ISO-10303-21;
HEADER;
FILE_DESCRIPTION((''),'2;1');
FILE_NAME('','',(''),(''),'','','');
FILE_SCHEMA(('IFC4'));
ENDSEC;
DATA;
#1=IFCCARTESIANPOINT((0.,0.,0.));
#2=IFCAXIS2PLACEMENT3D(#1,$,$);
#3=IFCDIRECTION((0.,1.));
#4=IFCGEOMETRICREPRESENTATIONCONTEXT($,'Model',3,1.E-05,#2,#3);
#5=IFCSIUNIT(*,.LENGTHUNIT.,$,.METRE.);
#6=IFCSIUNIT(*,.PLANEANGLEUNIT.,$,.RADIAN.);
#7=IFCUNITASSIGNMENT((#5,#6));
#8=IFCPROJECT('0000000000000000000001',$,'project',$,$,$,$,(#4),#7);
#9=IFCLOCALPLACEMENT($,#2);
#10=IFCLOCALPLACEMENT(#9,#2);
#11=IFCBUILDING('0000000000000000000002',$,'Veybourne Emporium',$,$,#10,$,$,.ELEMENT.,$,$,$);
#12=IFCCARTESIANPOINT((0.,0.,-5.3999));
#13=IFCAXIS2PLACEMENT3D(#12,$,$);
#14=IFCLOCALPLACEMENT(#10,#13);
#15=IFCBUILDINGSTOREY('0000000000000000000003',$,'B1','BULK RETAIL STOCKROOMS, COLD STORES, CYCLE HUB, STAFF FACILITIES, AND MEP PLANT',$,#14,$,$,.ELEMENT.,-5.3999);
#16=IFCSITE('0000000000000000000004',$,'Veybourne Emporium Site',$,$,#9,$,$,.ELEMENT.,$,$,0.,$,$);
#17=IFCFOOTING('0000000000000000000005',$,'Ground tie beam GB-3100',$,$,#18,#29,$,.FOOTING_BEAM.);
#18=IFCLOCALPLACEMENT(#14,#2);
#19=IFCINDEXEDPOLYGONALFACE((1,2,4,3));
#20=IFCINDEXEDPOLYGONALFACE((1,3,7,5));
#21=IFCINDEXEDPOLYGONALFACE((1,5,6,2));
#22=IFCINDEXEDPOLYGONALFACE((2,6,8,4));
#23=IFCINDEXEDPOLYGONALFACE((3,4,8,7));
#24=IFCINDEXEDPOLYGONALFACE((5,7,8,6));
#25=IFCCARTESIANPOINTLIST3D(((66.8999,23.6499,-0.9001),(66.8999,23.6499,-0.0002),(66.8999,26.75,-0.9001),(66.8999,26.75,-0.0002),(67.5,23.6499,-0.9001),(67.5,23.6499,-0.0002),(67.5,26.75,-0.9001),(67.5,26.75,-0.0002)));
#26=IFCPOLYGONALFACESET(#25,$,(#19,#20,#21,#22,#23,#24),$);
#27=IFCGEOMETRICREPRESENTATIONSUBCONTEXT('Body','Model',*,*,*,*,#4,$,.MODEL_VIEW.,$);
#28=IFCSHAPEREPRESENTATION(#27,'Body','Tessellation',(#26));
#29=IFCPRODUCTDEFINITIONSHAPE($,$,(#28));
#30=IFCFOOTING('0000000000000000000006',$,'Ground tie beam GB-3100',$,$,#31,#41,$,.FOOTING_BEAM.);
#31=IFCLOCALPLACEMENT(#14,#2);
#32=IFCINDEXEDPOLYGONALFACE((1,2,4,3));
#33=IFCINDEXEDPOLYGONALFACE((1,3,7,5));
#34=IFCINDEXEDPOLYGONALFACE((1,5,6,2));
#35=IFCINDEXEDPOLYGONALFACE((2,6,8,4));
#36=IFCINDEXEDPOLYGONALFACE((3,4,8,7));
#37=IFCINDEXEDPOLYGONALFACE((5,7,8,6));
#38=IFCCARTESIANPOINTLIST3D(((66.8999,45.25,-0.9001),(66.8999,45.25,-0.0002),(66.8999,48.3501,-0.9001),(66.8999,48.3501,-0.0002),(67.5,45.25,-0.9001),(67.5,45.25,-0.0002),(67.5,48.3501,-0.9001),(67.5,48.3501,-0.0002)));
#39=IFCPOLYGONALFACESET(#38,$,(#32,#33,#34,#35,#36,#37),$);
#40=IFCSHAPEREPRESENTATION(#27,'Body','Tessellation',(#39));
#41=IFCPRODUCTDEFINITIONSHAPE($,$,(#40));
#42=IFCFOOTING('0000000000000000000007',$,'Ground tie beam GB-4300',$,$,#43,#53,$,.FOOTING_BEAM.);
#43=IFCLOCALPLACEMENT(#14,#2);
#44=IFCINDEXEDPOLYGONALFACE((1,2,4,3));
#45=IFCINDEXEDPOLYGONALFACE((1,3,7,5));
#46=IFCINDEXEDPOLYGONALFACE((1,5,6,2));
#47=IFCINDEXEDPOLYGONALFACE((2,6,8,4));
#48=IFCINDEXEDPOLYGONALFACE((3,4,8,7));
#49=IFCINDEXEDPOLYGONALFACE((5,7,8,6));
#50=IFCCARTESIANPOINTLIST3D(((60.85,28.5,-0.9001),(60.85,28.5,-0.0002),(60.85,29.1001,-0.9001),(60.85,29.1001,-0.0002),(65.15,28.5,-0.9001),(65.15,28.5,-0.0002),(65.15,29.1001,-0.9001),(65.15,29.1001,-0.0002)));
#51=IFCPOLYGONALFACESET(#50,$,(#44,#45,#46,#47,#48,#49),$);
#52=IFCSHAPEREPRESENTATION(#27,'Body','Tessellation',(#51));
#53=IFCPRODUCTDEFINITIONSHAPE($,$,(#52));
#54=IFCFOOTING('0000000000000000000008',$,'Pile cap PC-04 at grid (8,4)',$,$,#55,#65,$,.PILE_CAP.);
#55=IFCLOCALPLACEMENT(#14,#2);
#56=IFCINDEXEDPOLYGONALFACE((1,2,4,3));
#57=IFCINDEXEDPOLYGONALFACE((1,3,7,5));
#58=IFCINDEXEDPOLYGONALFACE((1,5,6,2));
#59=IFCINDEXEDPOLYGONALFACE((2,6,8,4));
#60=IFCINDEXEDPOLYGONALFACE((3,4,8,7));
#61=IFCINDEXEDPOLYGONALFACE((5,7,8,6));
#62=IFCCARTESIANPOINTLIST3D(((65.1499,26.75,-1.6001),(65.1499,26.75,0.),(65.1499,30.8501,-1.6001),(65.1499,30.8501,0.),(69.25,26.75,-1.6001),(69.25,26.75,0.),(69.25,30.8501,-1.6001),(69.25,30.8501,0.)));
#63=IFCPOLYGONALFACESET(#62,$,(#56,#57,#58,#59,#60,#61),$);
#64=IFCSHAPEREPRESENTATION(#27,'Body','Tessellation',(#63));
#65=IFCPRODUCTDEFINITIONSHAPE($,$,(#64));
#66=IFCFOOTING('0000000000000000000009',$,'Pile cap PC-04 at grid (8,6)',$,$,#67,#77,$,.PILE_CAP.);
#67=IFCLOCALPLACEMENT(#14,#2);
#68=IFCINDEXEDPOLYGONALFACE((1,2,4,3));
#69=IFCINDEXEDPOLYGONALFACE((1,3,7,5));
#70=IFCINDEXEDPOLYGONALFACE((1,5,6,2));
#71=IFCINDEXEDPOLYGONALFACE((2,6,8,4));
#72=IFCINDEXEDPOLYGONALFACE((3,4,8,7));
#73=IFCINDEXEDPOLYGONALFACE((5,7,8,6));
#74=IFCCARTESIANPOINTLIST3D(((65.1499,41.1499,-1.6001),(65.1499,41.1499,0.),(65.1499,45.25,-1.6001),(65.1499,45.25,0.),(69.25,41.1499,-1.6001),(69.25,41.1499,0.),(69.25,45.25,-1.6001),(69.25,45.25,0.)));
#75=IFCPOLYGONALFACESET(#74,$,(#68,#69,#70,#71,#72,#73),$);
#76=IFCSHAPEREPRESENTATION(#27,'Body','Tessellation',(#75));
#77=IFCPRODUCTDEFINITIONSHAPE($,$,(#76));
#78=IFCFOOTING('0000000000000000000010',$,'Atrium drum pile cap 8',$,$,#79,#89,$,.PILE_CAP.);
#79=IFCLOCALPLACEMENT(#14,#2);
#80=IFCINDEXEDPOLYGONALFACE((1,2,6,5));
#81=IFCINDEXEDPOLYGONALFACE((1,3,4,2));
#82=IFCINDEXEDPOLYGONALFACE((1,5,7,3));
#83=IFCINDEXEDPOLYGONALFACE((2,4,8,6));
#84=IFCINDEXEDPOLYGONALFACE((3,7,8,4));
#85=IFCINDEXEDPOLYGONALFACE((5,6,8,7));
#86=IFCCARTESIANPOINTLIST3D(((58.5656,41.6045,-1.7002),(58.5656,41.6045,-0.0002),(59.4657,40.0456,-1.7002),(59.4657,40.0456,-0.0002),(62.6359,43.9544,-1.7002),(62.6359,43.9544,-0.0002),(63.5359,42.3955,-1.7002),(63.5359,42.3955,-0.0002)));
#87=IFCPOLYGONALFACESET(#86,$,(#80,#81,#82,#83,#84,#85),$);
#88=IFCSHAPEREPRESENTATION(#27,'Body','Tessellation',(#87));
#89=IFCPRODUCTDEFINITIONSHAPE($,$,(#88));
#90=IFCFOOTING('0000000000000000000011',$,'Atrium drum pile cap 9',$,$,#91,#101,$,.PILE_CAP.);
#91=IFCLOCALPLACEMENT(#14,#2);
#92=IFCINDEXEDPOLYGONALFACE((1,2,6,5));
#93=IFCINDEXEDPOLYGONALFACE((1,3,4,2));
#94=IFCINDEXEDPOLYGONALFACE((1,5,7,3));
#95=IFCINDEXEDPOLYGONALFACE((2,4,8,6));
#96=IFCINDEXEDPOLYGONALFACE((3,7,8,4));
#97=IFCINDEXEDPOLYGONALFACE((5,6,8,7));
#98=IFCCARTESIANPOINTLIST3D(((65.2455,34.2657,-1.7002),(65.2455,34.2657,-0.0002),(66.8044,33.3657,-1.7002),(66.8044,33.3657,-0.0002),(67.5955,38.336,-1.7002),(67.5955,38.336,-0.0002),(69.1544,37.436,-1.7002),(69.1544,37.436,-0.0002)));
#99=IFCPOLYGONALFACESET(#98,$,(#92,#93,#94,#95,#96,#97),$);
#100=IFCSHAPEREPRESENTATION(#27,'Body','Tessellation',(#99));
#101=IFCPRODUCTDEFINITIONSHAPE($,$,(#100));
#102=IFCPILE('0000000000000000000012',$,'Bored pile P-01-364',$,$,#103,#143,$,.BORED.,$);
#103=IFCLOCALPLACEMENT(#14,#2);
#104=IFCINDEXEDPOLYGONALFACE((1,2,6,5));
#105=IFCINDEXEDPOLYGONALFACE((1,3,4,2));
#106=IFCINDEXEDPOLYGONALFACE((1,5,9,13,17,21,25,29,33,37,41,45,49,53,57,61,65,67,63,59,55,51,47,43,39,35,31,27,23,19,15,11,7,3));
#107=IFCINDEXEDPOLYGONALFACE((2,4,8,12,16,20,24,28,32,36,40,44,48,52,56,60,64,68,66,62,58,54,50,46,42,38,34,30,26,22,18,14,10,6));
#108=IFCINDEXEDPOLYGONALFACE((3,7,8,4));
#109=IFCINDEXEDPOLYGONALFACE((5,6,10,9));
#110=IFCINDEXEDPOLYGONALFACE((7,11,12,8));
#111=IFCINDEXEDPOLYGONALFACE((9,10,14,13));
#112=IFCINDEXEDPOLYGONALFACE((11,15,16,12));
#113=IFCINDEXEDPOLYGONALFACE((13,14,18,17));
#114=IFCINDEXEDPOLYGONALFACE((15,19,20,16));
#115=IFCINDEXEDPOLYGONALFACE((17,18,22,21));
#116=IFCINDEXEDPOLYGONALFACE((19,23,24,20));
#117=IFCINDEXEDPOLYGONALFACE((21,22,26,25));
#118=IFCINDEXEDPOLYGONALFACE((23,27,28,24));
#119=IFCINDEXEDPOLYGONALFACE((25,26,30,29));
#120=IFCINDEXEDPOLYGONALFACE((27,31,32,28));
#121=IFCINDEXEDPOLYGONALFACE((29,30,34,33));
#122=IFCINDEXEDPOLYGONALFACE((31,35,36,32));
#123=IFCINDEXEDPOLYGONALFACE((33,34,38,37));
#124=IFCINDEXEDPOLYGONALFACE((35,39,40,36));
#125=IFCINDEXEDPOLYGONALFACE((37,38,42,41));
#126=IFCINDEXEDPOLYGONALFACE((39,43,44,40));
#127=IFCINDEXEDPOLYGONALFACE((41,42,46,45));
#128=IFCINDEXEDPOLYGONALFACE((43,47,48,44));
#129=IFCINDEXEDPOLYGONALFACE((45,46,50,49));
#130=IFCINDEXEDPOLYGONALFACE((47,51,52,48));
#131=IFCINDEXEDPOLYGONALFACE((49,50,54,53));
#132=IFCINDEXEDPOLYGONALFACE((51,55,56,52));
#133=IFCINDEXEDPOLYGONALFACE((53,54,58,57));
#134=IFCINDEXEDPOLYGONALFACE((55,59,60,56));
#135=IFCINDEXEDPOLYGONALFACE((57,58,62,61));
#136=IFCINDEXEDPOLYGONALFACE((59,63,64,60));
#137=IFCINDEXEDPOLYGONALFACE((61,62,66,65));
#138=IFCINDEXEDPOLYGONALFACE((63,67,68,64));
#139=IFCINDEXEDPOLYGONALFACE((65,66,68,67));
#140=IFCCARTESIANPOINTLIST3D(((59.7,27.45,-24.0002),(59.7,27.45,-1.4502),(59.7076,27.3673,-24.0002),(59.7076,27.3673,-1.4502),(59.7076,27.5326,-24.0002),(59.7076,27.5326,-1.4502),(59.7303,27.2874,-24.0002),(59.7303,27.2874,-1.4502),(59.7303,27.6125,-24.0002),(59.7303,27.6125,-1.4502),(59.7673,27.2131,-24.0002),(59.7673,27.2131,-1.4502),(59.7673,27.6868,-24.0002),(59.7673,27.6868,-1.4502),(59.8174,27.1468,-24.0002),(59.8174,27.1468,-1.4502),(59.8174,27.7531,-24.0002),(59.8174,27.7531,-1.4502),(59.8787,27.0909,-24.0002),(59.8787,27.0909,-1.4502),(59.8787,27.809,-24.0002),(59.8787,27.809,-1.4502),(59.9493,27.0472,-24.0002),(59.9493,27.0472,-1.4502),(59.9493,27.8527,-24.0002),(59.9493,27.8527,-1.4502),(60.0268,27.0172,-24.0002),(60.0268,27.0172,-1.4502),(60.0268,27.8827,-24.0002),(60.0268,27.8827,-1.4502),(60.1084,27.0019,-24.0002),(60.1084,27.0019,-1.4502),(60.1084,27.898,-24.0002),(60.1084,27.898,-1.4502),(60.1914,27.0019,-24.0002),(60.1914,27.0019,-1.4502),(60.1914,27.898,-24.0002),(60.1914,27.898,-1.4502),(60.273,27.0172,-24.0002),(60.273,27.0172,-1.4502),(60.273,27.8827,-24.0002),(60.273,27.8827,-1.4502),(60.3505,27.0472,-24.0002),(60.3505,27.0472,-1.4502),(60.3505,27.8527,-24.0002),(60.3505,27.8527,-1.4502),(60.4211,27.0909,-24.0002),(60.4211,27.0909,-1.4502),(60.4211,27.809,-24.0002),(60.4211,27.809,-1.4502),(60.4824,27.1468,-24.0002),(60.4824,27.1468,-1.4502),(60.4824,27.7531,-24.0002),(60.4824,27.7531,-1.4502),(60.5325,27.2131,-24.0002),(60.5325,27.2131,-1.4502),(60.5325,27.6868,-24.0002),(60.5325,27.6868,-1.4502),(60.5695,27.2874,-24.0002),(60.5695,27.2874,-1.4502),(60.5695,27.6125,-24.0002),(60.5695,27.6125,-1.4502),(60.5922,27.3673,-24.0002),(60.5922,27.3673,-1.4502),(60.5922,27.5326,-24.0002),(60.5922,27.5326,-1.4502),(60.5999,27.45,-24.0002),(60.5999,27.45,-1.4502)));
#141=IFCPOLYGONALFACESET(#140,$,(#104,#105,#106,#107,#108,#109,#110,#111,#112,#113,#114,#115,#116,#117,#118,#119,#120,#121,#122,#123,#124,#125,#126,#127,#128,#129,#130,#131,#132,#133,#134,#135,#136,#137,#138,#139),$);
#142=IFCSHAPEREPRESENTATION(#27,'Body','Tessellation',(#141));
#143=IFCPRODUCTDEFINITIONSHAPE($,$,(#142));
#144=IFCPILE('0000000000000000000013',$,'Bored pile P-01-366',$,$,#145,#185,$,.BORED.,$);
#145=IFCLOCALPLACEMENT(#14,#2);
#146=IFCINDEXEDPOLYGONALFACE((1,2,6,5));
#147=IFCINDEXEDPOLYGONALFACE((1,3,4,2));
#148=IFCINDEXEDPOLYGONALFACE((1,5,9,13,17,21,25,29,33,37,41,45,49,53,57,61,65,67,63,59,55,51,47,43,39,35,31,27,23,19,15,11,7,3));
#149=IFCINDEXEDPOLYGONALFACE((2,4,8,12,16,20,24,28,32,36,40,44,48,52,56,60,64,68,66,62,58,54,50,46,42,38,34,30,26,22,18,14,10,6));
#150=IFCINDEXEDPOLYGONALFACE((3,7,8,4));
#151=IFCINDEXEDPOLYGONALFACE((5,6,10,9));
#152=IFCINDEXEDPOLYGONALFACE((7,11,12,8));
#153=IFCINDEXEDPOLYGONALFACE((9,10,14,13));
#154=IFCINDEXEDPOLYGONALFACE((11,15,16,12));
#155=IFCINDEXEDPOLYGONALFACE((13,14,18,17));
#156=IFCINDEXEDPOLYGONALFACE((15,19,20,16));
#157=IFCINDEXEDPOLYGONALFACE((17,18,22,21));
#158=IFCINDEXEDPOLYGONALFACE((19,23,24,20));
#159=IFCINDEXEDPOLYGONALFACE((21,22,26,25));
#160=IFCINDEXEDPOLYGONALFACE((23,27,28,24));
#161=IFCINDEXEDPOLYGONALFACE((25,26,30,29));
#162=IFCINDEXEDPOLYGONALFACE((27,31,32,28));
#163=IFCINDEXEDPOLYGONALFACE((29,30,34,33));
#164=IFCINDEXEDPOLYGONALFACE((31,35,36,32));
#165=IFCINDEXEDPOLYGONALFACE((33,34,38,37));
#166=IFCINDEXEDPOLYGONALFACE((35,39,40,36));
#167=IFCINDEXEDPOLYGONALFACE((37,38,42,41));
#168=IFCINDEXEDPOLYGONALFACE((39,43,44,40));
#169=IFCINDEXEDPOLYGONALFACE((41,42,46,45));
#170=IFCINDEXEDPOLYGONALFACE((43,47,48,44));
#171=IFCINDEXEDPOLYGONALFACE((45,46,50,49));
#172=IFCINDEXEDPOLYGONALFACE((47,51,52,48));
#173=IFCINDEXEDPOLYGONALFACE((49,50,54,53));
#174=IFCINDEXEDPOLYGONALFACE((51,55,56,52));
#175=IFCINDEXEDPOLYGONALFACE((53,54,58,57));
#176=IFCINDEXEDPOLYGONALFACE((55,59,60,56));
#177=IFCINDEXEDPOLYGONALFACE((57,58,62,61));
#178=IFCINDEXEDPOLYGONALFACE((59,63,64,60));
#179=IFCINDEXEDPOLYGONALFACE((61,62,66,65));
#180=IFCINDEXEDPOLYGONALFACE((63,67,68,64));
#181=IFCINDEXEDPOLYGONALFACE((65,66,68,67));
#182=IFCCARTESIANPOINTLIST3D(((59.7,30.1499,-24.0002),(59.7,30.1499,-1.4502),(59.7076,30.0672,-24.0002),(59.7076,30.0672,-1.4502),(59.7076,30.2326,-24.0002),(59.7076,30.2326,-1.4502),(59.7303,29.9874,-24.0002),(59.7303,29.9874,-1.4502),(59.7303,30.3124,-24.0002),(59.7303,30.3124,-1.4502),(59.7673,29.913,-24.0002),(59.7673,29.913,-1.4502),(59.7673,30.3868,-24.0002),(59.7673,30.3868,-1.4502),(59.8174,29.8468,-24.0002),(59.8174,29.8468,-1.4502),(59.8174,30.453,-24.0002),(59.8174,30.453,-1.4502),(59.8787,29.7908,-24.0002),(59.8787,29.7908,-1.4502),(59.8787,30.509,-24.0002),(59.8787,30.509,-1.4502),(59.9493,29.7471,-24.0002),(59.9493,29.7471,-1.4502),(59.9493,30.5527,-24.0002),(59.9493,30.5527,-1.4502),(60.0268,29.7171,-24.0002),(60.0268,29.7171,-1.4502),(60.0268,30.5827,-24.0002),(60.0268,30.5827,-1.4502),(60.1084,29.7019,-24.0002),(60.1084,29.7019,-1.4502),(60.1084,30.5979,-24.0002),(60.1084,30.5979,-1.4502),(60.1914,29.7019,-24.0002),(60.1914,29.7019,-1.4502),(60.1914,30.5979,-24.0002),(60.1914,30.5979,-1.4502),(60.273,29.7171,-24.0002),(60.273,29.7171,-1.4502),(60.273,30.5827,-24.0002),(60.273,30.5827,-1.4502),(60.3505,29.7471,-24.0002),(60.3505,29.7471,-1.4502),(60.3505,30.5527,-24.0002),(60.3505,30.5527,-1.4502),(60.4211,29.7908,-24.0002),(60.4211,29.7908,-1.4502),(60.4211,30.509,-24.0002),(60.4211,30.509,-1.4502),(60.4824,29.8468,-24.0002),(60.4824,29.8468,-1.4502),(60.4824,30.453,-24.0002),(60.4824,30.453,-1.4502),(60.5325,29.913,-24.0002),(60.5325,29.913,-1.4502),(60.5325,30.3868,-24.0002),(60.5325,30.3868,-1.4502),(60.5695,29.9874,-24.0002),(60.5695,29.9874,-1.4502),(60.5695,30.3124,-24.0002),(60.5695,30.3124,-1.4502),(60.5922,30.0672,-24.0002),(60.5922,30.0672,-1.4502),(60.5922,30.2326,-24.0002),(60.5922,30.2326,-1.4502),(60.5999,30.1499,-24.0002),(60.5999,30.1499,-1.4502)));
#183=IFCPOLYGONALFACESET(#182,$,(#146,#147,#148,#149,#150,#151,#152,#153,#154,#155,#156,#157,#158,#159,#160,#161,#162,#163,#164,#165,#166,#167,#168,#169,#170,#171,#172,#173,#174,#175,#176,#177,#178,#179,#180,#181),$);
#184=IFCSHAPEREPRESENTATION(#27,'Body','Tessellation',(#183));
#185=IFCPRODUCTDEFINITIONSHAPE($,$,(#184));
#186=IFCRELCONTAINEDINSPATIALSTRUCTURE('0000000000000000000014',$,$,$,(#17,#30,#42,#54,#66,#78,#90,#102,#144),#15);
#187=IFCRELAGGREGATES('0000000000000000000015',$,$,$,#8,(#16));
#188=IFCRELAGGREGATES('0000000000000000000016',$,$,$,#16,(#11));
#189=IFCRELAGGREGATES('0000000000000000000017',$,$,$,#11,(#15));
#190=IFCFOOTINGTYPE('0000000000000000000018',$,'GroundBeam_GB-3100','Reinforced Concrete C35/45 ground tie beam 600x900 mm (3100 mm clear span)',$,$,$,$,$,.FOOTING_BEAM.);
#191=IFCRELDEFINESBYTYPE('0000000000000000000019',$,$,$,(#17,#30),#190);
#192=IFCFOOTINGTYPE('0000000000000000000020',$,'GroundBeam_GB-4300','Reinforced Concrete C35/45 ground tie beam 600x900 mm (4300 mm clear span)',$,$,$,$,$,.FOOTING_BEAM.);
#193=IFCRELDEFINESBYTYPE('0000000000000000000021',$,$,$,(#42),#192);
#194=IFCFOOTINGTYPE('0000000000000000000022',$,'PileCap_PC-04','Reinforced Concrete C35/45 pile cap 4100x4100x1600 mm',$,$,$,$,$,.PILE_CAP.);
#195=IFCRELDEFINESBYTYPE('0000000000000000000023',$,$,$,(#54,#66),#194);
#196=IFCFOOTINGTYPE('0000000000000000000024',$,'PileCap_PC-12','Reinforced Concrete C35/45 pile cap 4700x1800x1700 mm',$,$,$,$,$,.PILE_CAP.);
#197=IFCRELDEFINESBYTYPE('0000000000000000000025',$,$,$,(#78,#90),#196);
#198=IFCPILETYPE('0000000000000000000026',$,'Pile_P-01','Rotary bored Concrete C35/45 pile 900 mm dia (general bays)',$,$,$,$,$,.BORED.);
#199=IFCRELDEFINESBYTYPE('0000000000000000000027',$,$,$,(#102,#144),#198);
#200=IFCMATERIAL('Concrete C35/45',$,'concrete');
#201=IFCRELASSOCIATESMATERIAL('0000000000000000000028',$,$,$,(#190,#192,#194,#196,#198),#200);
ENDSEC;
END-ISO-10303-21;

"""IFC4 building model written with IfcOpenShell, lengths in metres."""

from ifc_helpers import new_model, si_unit, direction, frame, origin, origin_2d, place, context, subcontext, project, spatial, rectangle, circle, extrude, material, material_profile, profile_set, type_object, element, save


model = new_model("IFC4")

# Units and contexts
model_context = context("Model", 3, precision=1e-05, world=origin(), true_north=direction((0.0, 1.0)))
body_context = subcontext(model_context, "Body", "Model", "MODEL_VIEW")
ifc_project = project(units=[si_unit("LENGTHUNIT", "METRE"), si_unit("PLANEANGLEUNIT", "RADIAN")], contexts=[model_context])

# Site, building, storey
site_placement = place(None, origin())
site = spatial("IfcSite", under=ifc_project, at=site_placement, Name="Veybourne Emporium Site", CompositionType="ELEMENT", RefElevation=0.0)
building_placement = place(site_placement, origin())
building = spatial("IfcBuilding", under=site, at=building_placement, Name="Veybourne Emporium", CompositionType="ELEMENT")
storey_placement = place(building_placement, frame((0.0, 0.0, -5.3999)))
storey = spatial("IfcBuildingStorey", under=building, at=storey_placement, Name="B1", Description="BULK RETAIL STOCKROOMS, COLD STORES, CYCLE HUB, STAFF FACILITIES, AND MEP PLANT", CompositionType="ELEMENT", Elevation=-5.3999)

# Footings
ifc_material_1 = material(Name="Concrete C35/45", Category="concrete")
footing_type_1 = type_object("IfcFootingType", Name="GroundBeam_GB-3100", Description="Reinforced Concrete C35/45 ground tie beam 600x900 mm (3100 mm clear span)", PredefinedType="FOOTING_BEAM", material=ifc_material_1)
for number, where, z_axis, x_axis, name in (
    (1, (67.2, 25.2, -0.9001), (0.0, 0.0, 1.0), (0.0, 1.0, 0.0), "Ground tie beam GB-3100"),
    (2, (67.2, 46.8, -0.9001), (0.0, 0.0, 1.0), (0.0, 1.0, 0.0), "Ground tie beam GB-3100"),
):
    element("IfcFooting", number, at=place(storey_placement, frame(where, z_axis=z_axis, x_axis=x_axis)), inside=storey, type_object=footing_type_1, Name=name, PredefinedType="FOOTING_BEAM", context=body_context, shape_type="SweptSolid", body=[
        extrude(rectangle(XDim=3.1001, YDim=0.6001, at=origin_2d()), origin(), (0.0, 0.0, 1.0), 0.8999),
    ])
footing_type_2 = type_object("IfcFootingType", Name="GroundBeam_GB-4300", Description="Reinforced Concrete C35/45 ground tie beam 600x900 mm (4300 mm clear span)", PredefinedType="FOOTING_BEAM", material=ifc_material_1)
footing_placement = place(storey_placement, frame((63.0, 28.8, -0.9001), z_axis=(0.0, 0.0, 1.0), x_axis=(1.0, 0.0, 0.0)))
element("IfcFooting", 3, at=footing_placement, inside=storey, type_object=footing_type_2, Name="Ground tie beam GB-4300", PredefinedType="FOOTING_BEAM", context=body_context, shape_type="SweptSolid", body=[
    extrude(rectangle(XDim=4.3, YDim=0.6001, at=origin_2d()), origin(), (0.0, 0.0, 1.0), 0.8999),
])
footing_type_3 = type_object("IfcFootingType", Name="PileCap_PC-04", Description="Reinforced Concrete C35/45 pile cap 4100x4100x1600 mm", PredefinedType="PILE_CAP", material=ifc_material_1)
for number, where, z_axis, x_axis, name in (
    (4, (67.2, 28.8, -1.6001), (0.0, 0.0, 1.0), (1.0, 0.0, 0.0), "Pile cap PC-04 at grid (8,4)"),
    (5, (67.2, 43.2, -1.6001), (0.0, 0.0, 1.0), (1.0, 0.0, 0.0), "Pile cap PC-04 at grid (8,6)"),
):
    element("IfcFooting", number, at=place(storey_placement, frame(where, z_axis=z_axis, x_axis=x_axis)), inside=storey, type_object=footing_type_3, Name=name, PredefinedType="PILE_CAP", context=body_context, shape_type="SweptSolid", body=[
        extrude(rectangle(XDim=4.1001, YDim=4.1001, at=origin_2d()), origin(), (0.0, 0.0, 1.0), 1.6001),
    ])
footing_type_4 = type_object("IfcFootingType", Name="PileCap_PC-12", Description="Reinforced Concrete C35/45 pile cap 4700x1800x1700 mm", PredefinedType="PILE_CAP", material=ifc_material_1)
for number, where, z_axis, x_axis, name in (
    (6, (61.0508, 42.0, -1.7002), (0.0, 0.0, 1.0), (-0.866025, -0.5, 0.0), "Atrium drum pile cap 8"),
    (7, (67.2, 35.8508, -1.7002), (0.0, 0.0, 1.0), (-0.5, -0.866025, 0.0), "Atrium drum pile cap 9"),
):
    element("IfcFooting", number, at=place(storey_placement, frame(where, z_axis=z_axis, x_axis=x_axis)), inside=storey, type_object=footing_type_4, Name=name, PredefinedType="PILE_CAP", context=body_context, shape_type="SweptSolid", body=[
        extrude(rectangle(XDim=4.7, YDim=1.8, at=origin_2d()), origin(), (0.0, 0.0, 1.0), 1.7),
    ])

# Piles
ifc_material_profile_1 = material_profile(ifc_material_1, circle(Radius=0.45, at=origin_2d()), Name="BORED PILE 900")
ifc_profile_set_1 = profile_set([ifc_material_profile_1], Name="Concrete C35/45")
pile_type_1 = type_object("IfcPileType", Name="Pile_P-01", Description="Rotary bored Concrete C35/45 pile 900 mm dia (general bays)", PredefinedType="BORED", material=ifc_profile_set_1)
for number, where, z_axis, x_axis, name in (
    (8, (60.1499, 27.45, -1.4502), (0.0, 0.0, -1.0), (1.0, 0.0, 0.0), "Bored pile P-01-364"),
    (9, (60.1499, 30.1499, -1.4502), (0.0, 0.0, -1.0), (1.0, 0.0, 0.0), "Bored pile P-01-366"),
):
    element("IfcPile", number, at=place(storey_placement, frame(where, z_axis=z_axis, x_axis=x_axis)), inside=storey, type_object=pile_type_1, Name=name, PredefinedType="BORED", context=body_context, shape_type="SweptSolid", body=[
        extrude(circle(Radius=0.45, at=origin_2d()), origin(), (0.0, 0.0, 1.0), 22.55),
    ])

save(model, "model.ifc")
